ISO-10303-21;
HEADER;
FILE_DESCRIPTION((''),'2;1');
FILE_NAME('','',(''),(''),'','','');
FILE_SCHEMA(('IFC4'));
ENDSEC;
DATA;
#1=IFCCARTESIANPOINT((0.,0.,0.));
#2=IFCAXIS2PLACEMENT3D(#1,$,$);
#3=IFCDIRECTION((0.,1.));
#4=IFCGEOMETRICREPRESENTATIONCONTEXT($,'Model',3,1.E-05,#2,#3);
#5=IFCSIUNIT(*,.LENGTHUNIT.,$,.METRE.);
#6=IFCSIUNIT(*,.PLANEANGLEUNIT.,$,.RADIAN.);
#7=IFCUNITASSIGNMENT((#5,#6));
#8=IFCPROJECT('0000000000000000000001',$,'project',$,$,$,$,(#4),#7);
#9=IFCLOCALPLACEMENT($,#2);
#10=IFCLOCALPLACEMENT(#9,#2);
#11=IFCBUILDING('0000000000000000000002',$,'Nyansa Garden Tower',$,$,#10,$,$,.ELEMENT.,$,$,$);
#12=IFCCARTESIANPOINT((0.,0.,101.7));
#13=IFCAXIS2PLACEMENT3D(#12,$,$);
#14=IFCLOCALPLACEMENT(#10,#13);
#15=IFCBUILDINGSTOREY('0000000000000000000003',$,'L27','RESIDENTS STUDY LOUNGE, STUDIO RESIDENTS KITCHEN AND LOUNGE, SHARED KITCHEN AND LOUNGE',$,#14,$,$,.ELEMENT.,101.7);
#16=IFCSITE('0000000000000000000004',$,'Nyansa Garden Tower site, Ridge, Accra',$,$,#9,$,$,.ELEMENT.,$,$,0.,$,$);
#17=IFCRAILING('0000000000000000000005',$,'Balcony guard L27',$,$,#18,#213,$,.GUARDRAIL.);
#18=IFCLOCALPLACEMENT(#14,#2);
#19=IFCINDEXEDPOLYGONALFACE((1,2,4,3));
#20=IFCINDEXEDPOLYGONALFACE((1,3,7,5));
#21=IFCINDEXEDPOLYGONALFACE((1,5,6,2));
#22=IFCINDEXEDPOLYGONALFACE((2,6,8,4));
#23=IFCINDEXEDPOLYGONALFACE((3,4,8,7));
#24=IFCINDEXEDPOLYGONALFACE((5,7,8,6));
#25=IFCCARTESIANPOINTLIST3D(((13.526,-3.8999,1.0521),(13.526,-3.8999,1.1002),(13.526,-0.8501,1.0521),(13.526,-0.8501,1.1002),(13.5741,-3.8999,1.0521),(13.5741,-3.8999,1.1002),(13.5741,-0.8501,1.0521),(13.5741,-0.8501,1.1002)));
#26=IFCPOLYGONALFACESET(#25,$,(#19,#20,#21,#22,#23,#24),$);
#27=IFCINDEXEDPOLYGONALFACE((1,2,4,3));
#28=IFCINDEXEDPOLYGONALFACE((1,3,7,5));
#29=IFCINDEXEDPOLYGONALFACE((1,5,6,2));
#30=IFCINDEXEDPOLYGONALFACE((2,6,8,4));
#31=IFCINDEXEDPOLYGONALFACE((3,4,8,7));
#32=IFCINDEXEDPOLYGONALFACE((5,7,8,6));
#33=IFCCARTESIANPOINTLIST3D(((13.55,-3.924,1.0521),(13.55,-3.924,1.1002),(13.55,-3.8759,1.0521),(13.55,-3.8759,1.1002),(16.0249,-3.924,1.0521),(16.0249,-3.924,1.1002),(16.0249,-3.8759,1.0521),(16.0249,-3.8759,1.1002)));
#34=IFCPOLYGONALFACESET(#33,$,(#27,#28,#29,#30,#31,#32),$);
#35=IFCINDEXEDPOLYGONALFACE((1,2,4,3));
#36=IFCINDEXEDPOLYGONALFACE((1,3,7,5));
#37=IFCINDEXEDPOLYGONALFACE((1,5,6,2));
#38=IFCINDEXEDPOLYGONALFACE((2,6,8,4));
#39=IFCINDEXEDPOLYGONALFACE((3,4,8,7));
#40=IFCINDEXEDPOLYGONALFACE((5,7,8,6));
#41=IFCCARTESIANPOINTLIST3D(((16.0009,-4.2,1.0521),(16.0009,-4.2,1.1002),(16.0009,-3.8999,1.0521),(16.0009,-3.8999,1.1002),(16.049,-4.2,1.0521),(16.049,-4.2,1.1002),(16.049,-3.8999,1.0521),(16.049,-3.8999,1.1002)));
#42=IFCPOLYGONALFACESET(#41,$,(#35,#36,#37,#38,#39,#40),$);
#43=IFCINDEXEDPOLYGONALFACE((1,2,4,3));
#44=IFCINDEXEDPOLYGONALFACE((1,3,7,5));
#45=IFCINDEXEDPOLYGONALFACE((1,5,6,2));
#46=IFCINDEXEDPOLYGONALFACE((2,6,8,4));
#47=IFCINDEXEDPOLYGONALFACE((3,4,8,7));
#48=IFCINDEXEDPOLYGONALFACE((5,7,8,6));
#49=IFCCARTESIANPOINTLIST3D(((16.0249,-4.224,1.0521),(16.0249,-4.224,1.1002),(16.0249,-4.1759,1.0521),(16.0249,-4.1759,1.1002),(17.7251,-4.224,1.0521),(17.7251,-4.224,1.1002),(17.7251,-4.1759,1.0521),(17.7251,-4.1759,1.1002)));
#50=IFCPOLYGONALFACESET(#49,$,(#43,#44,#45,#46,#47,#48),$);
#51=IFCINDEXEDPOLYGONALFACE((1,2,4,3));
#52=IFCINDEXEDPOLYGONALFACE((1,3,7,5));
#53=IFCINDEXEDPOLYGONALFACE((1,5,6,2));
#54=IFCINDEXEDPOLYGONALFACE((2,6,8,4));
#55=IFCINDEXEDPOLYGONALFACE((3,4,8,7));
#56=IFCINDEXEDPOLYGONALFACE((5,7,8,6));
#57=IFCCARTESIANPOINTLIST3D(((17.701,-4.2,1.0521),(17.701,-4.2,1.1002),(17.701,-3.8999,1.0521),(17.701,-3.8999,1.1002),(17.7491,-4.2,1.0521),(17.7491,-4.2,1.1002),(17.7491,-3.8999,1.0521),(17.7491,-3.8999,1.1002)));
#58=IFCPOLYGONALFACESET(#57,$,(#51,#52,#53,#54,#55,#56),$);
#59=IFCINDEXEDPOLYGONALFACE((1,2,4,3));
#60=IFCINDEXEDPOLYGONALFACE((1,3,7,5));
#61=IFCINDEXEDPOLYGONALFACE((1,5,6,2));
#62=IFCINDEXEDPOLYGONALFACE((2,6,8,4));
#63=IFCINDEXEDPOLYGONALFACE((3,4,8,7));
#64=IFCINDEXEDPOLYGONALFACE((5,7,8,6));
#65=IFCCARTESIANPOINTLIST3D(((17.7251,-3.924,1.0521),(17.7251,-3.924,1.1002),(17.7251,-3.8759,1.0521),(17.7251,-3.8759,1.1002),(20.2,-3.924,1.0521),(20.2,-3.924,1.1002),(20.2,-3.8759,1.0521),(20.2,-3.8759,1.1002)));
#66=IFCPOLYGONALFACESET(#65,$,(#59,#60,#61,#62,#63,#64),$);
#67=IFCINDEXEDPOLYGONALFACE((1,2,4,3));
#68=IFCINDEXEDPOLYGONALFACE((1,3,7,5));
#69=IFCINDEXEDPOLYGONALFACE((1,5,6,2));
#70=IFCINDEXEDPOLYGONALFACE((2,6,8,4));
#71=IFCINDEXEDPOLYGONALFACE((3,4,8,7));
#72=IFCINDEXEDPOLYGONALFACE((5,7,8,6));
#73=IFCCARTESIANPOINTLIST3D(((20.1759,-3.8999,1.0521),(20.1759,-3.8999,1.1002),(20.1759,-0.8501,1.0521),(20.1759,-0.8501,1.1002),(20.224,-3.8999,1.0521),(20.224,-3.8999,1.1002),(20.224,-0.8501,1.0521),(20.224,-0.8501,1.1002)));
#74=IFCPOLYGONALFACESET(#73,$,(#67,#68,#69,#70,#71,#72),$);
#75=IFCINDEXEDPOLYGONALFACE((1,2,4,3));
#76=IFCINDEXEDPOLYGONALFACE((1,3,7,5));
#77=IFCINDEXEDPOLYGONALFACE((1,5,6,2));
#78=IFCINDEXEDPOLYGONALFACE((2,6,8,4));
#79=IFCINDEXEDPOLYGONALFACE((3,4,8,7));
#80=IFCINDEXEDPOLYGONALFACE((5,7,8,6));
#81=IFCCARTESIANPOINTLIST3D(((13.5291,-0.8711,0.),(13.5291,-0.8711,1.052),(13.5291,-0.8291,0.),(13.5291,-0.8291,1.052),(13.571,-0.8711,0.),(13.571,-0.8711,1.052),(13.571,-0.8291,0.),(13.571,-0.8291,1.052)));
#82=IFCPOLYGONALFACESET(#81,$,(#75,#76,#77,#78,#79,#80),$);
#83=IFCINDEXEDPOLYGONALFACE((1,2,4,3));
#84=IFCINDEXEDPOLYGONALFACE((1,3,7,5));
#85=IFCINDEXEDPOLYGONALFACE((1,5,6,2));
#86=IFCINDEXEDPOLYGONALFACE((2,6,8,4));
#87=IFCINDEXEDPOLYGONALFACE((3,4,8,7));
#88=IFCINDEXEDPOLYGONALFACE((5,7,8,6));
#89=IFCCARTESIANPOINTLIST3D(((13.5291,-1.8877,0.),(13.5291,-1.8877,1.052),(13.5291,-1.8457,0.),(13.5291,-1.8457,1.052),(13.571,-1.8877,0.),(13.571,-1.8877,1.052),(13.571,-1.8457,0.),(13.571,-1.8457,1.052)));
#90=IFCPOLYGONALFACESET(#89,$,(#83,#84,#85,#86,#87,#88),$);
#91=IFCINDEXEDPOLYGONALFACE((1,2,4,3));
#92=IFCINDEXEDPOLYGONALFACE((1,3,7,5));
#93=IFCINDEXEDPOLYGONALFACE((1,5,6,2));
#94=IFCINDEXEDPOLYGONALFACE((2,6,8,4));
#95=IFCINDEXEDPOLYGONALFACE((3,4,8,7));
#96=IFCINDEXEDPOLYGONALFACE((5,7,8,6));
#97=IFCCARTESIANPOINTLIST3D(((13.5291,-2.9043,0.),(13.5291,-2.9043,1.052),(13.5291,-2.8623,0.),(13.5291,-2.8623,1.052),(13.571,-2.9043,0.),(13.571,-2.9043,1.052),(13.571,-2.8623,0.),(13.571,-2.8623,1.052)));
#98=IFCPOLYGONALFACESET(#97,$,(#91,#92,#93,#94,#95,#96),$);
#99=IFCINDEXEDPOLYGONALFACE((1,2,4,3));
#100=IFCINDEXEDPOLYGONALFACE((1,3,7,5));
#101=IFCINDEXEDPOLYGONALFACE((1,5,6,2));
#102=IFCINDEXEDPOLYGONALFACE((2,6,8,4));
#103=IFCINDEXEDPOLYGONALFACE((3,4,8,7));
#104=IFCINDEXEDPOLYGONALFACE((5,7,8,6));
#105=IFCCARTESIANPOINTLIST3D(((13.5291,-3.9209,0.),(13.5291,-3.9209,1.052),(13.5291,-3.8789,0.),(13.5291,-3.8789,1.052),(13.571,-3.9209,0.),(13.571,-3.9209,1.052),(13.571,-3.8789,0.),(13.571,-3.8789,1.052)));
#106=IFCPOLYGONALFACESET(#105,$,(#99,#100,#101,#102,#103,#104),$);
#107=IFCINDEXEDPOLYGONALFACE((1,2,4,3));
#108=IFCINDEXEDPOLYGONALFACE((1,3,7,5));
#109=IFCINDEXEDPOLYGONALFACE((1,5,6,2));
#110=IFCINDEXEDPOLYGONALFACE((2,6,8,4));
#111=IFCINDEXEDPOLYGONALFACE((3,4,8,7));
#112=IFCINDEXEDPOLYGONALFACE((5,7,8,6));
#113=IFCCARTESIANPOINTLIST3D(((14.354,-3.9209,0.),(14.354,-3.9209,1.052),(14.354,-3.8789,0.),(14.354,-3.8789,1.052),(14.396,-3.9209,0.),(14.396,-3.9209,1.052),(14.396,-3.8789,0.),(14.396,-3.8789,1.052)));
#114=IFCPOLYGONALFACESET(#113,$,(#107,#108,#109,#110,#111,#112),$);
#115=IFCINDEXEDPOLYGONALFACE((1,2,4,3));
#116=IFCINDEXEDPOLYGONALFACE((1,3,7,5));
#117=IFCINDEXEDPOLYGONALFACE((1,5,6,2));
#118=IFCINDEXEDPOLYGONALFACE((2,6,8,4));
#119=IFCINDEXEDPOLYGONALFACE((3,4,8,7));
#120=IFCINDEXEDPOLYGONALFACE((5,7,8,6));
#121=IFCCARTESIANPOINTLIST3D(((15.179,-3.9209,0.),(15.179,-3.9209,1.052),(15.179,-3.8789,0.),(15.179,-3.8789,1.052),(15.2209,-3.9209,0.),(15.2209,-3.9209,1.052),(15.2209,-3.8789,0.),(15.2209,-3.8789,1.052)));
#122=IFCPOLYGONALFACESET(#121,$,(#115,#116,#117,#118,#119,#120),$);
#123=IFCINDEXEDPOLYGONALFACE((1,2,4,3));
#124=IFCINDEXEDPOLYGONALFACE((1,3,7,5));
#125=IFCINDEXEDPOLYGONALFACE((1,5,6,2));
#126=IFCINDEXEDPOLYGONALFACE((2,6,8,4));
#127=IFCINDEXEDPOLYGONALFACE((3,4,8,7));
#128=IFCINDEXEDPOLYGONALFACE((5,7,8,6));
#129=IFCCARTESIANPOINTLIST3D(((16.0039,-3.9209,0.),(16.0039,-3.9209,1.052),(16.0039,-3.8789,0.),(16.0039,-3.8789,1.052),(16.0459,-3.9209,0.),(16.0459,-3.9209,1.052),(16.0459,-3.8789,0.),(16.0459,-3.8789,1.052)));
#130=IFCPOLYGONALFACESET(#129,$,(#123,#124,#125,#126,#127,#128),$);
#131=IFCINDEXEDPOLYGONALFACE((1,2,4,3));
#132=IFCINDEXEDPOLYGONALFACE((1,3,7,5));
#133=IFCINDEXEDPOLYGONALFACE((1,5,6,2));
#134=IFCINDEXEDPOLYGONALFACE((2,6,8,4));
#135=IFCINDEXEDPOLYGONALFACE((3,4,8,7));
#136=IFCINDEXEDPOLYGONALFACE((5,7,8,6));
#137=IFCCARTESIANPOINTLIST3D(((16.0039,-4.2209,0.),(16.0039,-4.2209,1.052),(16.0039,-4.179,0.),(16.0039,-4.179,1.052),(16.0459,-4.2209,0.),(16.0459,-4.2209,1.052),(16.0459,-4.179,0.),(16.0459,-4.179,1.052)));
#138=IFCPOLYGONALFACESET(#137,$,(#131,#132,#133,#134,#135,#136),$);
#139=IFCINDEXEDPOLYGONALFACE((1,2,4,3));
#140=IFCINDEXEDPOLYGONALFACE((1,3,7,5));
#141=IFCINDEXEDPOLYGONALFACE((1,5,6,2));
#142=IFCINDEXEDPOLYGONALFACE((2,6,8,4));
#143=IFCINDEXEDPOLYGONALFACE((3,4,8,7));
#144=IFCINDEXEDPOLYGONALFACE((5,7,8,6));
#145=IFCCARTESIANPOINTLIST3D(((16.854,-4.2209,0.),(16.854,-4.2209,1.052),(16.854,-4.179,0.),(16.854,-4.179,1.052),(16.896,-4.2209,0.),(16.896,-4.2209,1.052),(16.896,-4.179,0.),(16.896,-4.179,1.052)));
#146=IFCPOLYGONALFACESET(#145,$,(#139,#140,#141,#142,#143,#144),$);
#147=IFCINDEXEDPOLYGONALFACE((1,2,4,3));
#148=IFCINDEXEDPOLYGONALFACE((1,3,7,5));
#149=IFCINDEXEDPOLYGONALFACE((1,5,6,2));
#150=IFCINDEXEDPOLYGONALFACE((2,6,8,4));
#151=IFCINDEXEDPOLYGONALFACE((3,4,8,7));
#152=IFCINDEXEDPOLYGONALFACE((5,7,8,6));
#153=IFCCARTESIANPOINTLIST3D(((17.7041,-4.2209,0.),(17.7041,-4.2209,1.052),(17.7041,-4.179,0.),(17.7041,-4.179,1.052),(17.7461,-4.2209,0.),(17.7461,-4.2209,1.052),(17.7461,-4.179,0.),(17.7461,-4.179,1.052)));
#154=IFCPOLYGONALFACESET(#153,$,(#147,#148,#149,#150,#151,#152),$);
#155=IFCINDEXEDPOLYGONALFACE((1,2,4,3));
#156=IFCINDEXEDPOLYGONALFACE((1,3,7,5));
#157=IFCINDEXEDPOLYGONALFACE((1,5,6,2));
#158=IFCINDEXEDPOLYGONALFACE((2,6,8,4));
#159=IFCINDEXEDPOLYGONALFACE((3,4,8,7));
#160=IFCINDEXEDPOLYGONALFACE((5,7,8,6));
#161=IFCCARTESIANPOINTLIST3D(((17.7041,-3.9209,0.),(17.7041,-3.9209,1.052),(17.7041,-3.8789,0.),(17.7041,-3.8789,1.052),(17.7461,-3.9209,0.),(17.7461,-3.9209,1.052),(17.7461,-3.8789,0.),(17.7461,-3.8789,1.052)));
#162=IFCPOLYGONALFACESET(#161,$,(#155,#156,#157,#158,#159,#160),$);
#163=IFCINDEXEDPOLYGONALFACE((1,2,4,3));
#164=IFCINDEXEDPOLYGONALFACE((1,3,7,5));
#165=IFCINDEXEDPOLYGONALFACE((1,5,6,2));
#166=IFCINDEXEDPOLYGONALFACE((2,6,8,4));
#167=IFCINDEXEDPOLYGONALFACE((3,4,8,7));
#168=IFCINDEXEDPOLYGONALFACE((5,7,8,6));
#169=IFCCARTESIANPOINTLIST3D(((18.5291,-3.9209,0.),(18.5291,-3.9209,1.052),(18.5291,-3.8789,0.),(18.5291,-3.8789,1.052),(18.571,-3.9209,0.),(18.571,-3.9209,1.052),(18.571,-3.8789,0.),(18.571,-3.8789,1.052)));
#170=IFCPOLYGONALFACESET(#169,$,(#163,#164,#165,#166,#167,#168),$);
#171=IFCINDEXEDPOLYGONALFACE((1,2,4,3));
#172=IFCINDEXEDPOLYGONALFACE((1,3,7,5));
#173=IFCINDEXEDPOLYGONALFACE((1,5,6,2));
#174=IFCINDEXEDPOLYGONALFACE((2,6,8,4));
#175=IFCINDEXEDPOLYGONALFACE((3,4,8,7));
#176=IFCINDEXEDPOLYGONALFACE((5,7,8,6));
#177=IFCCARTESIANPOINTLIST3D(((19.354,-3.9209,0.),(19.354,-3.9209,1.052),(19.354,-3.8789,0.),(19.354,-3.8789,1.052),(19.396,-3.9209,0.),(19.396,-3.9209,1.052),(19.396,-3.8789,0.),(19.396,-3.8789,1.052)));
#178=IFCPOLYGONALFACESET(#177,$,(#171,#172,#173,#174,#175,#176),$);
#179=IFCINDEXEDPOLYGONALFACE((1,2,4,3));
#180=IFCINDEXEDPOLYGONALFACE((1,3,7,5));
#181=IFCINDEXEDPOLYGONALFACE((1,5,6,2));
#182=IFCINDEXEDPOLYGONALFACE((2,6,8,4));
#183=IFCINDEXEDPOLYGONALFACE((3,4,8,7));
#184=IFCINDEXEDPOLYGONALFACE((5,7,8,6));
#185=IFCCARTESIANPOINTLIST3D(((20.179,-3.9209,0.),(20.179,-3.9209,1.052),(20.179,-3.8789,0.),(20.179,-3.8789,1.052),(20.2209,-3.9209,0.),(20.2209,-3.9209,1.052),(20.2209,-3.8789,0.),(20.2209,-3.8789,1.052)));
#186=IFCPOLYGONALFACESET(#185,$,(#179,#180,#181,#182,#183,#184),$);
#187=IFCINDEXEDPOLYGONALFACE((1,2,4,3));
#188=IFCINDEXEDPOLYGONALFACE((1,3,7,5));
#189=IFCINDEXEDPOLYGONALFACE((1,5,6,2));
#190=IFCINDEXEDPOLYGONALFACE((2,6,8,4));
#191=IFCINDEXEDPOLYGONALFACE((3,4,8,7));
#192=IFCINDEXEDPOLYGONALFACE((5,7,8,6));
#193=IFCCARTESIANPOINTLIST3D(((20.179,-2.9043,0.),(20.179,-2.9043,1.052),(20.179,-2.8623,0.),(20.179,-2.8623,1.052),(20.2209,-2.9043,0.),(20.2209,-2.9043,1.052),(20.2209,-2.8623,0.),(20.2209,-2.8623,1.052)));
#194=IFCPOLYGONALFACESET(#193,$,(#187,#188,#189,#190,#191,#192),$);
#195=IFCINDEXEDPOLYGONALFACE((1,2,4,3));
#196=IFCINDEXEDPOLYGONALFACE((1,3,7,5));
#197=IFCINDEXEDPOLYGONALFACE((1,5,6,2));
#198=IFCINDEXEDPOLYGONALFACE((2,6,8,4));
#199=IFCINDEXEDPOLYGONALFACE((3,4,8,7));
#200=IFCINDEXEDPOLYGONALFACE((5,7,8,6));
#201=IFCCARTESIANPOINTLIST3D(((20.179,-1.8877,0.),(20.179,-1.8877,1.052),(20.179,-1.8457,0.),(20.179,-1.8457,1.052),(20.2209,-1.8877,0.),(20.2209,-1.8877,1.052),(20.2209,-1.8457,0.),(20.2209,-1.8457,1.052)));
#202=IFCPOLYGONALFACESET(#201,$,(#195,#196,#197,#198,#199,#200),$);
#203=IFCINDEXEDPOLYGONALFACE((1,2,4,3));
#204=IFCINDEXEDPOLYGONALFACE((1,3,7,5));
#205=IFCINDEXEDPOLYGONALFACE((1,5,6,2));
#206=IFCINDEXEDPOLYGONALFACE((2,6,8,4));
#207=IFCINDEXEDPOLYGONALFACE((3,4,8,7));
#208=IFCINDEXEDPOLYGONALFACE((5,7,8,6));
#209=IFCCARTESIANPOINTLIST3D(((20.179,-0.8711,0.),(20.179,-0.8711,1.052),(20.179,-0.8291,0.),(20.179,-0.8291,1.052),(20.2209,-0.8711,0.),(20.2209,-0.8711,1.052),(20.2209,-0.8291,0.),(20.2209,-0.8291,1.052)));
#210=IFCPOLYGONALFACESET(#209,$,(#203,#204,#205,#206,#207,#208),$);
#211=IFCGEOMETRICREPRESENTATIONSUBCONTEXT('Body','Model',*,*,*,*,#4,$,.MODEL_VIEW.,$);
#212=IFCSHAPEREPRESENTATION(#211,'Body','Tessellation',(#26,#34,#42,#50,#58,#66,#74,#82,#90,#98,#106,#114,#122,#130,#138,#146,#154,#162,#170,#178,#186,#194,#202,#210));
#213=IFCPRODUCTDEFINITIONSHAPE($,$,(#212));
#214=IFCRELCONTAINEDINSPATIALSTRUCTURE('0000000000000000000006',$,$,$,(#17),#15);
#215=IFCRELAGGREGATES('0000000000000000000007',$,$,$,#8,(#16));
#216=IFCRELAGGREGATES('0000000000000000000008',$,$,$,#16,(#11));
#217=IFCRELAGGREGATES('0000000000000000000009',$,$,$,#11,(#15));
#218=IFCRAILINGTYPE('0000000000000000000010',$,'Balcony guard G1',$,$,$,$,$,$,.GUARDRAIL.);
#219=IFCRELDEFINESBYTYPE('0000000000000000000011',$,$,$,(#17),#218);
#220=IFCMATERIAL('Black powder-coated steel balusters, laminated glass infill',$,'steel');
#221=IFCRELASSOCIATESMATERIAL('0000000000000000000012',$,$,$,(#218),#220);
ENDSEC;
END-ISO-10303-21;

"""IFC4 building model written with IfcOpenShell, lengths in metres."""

from ifc_helpers import new_model, si_unit, direction, frame, origin, origin_2d, place, context, subcontext, project, spatial, rectangle, extrude, material, type_object, element, save


model = new_model("IFC4")

# Units and contexts
model_context = context("Model", 3, precision=1e-05, world=origin(), true_north=direction((0.0, 1.0)))
body_context = subcontext(model_context, "Body", "Model", "MODEL_VIEW")
ifc_project = project(units=[si_unit("LENGTHUNIT", "METRE"), si_unit("PLANEANGLEUNIT", "RADIAN")], contexts=[model_context])

# Site, building, storey
site_placement = place(None, origin())
site = spatial("IfcSite", under=ifc_project, at=site_placement, Name="Nyansa Garden Tower site, Ridge, Accra", CompositionType="ELEMENT", RefElevation=0.0)
building_placement = place(site_placement, origin())
building = spatial("IfcBuilding", under=site, at=building_placement, Name="Nyansa Garden Tower", CompositionType="ELEMENT")
storey_placement = place(building_placement, frame((0.0, 0.0, 101.7)))
storey = spatial("IfcBuildingStorey", under=building, at=storey_placement, Name="L27", Description="RESIDENTS STUDY LOUNGE, STUDIO RESIDENTS KITCHEN AND LOUNGE, SHARED KITCHEN AND LOUNGE", CompositionType="ELEMENT", Elevation=101.7)

# Railing
ifc_material_1 = material(Name="Black powder-coated steel balusters, laminated glass infill", Category="steel")
railing_type = type_object("IfcRailingType", Name="Balcony guard G1", PredefinedType="GUARDRAIL", material=ifc_material_1)
railing_placement = place(storey_placement, frame((13.55, -0.8501, 0.0)))
element("IfcRailing", 1, at=railing_placement, inside=storey, type_object=railing_type, Name="Balcony guard L27", PredefinedType="GUARDRAIL", context=body_context, shape_type="SweptSolid", body=[
    extrude(rectangle(XDim=0.0481, YDim=0.0481, at=origin_2d()), frame((0.0, 0.0, 1.0762), z_axis=(0.0, -1.0, 0.0), x_axis=(1.0, 0.0, 0.0)), (0.0, 0.0, 1.0), 3.0498),
    extrude(rectangle(XDim=0.0481, YDim=0.0481, at=origin_2d()), frame((0.0, -3.0498, 1.0762), z_axis=(1.0, 0.0, 0.0), x_axis=(0.0, 1.0, 0.0)), (0.0, 0.0, 1.0), 2.4749),
    extrude(rectangle(XDim=0.0481, YDim=0.0481, at=origin_2d()), frame((2.4749, -3.0498, 1.0762), z_axis=(0.0, -1.0, 0.0), x_axis=(1.0, 0.0, 0.0)), (0.0, 0.0, 1.0), 0.3),
    extrude(rectangle(XDim=0.0481, YDim=0.0481, at=origin_2d()), frame((2.4749, -3.3499, 1.0762), z_axis=(1.0, 0.0, 0.0), x_axis=(0.0, 1.0, 0.0)), (0.0, 0.0, 1.0), 1.7002),
    extrude(rectangle(XDim=0.0481, YDim=0.0481, at=origin_2d()), frame((4.175, -3.3499, 1.0762), z_axis=(0.0, 1.0, 0.0), x_axis=(-1.0, 0.0, 0.0)), (0.0, 0.0, 1.0), 0.3),
    extrude(rectangle(XDim=0.0481, YDim=0.0481, at=origin_2d()), frame((4.175, -3.0498, 1.0762), z_axis=(1.0, 0.0, 0.0), x_axis=(0.0, 1.0, 0.0)), (0.0, 0.0, 1.0), 2.4749),
    extrude(rectangle(XDim=0.0481, YDim=0.0481, at=origin_2d()), frame((6.6499, -3.0498, 1.0762), z_axis=(0.0, 1.0, 0.0), x_axis=(-1.0, 0.0, 0.0)), (0.0, 0.0, 1.0), 3.0498),
    extrude(rectangle(XDim=0.042, YDim=0.042, at=origin_2d()), origin(), (0.0, 0.0, 1.0), 1.052),
    extrude(rectangle(XDim=0.042, YDim=0.042, at=origin_2d()), frame((0.0, -1.0166, 0.0)), (0.0, 0.0, 1.0), 1.052),
    extrude(rectangle(XDim=0.042, YDim=0.042, at=origin_2d()), frame((0.0, -2.0332, 0.0)), (0.0, 0.0, 1.0), 1.052),
    extrude(rectangle(XDim=0.042, YDim=0.042, at=origin_2d()), frame((0.0, -3.0498, 0.0)), (0.0, 0.0, 1.0), 1.052),
    extrude(rectangle(XDim=0.042, YDim=0.042, at=origin_2d()), frame((0.825, -3.0498, 0.0)), (0.0, 0.0, 1.0), 1.052),
    extrude(rectangle(XDim=0.042, YDim=0.042, at=origin_2d()), frame((1.6499, -3.0498, 0.0)), (0.0, 0.0, 1.0), 1.052),
    extrude(rectangle(XDim=0.042, YDim=0.042, at=origin_2d()), frame((2.4749, -3.0498, 0.0)), (0.0, 0.0, 1.0), 1.052),
    extrude(rectangle(XDim=0.042, YDim=0.042, at=origin_2d()), frame((2.4749, -3.3499, 0.0)), (0.0, 0.0, 1.0), 1.052),
    extrude(rectangle(XDim=0.042, YDim=0.042, at=origin_2d()), frame((3.325, -3.3499, 0.0)), (0.0, 0.0, 1.0), 1.052),
    extrude(rectangle(XDim=0.042, YDim=0.042, at=origin_2d()), frame((4.175, -3.3499, 0.0)), (0.0, 0.0, 1.0), 1.052),
    extrude(rectangle(XDim=0.042, YDim=0.042, at=origin_2d()), frame((4.175, -3.0498, 0.0)), (0.0, 0.0, 1.0), 1.052),
    extrude(rectangle(XDim=0.042, YDim=0.042, at=origin_2d()), frame((5.0, -3.0498, 0.0)), (0.0, 0.0, 1.0), 1.052),
    extrude(rectangle(XDim=0.042, YDim=0.042, at=origin_2d()), frame((5.825, -3.0498, 0.0)), (0.0, 0.0, 1.0), 1.052),
    extrude(rectangle(XDim=0.042, YDim=0.042, at=origin_2d()), frame((6.6499, -3.0498, 0.0)), (0.0, 0.0, 1.0), 1.052),
    extrude(rectangle(XDim=0.042, YDim=0.042, at=origin_2d()), frame((6.6499, -2.0332, 0.0)), (0.0, 0.0, 1.0), 1.052),
    extrude(rectangle(XDim=0.042, YDim=0.042, at=origin_2d()), frame((6.6499, -1.0166, 0.0)), (0.0, 0.0, 1.0), 1.052),
    extrude(rectangle(XDim=0.042, YDim=0.042, at=origin_2d()), frame((6.6499, 0.0, 0.0)), (0.0, 0.0, 1.0), 1.052),
])

save(model, "model.ifc")
